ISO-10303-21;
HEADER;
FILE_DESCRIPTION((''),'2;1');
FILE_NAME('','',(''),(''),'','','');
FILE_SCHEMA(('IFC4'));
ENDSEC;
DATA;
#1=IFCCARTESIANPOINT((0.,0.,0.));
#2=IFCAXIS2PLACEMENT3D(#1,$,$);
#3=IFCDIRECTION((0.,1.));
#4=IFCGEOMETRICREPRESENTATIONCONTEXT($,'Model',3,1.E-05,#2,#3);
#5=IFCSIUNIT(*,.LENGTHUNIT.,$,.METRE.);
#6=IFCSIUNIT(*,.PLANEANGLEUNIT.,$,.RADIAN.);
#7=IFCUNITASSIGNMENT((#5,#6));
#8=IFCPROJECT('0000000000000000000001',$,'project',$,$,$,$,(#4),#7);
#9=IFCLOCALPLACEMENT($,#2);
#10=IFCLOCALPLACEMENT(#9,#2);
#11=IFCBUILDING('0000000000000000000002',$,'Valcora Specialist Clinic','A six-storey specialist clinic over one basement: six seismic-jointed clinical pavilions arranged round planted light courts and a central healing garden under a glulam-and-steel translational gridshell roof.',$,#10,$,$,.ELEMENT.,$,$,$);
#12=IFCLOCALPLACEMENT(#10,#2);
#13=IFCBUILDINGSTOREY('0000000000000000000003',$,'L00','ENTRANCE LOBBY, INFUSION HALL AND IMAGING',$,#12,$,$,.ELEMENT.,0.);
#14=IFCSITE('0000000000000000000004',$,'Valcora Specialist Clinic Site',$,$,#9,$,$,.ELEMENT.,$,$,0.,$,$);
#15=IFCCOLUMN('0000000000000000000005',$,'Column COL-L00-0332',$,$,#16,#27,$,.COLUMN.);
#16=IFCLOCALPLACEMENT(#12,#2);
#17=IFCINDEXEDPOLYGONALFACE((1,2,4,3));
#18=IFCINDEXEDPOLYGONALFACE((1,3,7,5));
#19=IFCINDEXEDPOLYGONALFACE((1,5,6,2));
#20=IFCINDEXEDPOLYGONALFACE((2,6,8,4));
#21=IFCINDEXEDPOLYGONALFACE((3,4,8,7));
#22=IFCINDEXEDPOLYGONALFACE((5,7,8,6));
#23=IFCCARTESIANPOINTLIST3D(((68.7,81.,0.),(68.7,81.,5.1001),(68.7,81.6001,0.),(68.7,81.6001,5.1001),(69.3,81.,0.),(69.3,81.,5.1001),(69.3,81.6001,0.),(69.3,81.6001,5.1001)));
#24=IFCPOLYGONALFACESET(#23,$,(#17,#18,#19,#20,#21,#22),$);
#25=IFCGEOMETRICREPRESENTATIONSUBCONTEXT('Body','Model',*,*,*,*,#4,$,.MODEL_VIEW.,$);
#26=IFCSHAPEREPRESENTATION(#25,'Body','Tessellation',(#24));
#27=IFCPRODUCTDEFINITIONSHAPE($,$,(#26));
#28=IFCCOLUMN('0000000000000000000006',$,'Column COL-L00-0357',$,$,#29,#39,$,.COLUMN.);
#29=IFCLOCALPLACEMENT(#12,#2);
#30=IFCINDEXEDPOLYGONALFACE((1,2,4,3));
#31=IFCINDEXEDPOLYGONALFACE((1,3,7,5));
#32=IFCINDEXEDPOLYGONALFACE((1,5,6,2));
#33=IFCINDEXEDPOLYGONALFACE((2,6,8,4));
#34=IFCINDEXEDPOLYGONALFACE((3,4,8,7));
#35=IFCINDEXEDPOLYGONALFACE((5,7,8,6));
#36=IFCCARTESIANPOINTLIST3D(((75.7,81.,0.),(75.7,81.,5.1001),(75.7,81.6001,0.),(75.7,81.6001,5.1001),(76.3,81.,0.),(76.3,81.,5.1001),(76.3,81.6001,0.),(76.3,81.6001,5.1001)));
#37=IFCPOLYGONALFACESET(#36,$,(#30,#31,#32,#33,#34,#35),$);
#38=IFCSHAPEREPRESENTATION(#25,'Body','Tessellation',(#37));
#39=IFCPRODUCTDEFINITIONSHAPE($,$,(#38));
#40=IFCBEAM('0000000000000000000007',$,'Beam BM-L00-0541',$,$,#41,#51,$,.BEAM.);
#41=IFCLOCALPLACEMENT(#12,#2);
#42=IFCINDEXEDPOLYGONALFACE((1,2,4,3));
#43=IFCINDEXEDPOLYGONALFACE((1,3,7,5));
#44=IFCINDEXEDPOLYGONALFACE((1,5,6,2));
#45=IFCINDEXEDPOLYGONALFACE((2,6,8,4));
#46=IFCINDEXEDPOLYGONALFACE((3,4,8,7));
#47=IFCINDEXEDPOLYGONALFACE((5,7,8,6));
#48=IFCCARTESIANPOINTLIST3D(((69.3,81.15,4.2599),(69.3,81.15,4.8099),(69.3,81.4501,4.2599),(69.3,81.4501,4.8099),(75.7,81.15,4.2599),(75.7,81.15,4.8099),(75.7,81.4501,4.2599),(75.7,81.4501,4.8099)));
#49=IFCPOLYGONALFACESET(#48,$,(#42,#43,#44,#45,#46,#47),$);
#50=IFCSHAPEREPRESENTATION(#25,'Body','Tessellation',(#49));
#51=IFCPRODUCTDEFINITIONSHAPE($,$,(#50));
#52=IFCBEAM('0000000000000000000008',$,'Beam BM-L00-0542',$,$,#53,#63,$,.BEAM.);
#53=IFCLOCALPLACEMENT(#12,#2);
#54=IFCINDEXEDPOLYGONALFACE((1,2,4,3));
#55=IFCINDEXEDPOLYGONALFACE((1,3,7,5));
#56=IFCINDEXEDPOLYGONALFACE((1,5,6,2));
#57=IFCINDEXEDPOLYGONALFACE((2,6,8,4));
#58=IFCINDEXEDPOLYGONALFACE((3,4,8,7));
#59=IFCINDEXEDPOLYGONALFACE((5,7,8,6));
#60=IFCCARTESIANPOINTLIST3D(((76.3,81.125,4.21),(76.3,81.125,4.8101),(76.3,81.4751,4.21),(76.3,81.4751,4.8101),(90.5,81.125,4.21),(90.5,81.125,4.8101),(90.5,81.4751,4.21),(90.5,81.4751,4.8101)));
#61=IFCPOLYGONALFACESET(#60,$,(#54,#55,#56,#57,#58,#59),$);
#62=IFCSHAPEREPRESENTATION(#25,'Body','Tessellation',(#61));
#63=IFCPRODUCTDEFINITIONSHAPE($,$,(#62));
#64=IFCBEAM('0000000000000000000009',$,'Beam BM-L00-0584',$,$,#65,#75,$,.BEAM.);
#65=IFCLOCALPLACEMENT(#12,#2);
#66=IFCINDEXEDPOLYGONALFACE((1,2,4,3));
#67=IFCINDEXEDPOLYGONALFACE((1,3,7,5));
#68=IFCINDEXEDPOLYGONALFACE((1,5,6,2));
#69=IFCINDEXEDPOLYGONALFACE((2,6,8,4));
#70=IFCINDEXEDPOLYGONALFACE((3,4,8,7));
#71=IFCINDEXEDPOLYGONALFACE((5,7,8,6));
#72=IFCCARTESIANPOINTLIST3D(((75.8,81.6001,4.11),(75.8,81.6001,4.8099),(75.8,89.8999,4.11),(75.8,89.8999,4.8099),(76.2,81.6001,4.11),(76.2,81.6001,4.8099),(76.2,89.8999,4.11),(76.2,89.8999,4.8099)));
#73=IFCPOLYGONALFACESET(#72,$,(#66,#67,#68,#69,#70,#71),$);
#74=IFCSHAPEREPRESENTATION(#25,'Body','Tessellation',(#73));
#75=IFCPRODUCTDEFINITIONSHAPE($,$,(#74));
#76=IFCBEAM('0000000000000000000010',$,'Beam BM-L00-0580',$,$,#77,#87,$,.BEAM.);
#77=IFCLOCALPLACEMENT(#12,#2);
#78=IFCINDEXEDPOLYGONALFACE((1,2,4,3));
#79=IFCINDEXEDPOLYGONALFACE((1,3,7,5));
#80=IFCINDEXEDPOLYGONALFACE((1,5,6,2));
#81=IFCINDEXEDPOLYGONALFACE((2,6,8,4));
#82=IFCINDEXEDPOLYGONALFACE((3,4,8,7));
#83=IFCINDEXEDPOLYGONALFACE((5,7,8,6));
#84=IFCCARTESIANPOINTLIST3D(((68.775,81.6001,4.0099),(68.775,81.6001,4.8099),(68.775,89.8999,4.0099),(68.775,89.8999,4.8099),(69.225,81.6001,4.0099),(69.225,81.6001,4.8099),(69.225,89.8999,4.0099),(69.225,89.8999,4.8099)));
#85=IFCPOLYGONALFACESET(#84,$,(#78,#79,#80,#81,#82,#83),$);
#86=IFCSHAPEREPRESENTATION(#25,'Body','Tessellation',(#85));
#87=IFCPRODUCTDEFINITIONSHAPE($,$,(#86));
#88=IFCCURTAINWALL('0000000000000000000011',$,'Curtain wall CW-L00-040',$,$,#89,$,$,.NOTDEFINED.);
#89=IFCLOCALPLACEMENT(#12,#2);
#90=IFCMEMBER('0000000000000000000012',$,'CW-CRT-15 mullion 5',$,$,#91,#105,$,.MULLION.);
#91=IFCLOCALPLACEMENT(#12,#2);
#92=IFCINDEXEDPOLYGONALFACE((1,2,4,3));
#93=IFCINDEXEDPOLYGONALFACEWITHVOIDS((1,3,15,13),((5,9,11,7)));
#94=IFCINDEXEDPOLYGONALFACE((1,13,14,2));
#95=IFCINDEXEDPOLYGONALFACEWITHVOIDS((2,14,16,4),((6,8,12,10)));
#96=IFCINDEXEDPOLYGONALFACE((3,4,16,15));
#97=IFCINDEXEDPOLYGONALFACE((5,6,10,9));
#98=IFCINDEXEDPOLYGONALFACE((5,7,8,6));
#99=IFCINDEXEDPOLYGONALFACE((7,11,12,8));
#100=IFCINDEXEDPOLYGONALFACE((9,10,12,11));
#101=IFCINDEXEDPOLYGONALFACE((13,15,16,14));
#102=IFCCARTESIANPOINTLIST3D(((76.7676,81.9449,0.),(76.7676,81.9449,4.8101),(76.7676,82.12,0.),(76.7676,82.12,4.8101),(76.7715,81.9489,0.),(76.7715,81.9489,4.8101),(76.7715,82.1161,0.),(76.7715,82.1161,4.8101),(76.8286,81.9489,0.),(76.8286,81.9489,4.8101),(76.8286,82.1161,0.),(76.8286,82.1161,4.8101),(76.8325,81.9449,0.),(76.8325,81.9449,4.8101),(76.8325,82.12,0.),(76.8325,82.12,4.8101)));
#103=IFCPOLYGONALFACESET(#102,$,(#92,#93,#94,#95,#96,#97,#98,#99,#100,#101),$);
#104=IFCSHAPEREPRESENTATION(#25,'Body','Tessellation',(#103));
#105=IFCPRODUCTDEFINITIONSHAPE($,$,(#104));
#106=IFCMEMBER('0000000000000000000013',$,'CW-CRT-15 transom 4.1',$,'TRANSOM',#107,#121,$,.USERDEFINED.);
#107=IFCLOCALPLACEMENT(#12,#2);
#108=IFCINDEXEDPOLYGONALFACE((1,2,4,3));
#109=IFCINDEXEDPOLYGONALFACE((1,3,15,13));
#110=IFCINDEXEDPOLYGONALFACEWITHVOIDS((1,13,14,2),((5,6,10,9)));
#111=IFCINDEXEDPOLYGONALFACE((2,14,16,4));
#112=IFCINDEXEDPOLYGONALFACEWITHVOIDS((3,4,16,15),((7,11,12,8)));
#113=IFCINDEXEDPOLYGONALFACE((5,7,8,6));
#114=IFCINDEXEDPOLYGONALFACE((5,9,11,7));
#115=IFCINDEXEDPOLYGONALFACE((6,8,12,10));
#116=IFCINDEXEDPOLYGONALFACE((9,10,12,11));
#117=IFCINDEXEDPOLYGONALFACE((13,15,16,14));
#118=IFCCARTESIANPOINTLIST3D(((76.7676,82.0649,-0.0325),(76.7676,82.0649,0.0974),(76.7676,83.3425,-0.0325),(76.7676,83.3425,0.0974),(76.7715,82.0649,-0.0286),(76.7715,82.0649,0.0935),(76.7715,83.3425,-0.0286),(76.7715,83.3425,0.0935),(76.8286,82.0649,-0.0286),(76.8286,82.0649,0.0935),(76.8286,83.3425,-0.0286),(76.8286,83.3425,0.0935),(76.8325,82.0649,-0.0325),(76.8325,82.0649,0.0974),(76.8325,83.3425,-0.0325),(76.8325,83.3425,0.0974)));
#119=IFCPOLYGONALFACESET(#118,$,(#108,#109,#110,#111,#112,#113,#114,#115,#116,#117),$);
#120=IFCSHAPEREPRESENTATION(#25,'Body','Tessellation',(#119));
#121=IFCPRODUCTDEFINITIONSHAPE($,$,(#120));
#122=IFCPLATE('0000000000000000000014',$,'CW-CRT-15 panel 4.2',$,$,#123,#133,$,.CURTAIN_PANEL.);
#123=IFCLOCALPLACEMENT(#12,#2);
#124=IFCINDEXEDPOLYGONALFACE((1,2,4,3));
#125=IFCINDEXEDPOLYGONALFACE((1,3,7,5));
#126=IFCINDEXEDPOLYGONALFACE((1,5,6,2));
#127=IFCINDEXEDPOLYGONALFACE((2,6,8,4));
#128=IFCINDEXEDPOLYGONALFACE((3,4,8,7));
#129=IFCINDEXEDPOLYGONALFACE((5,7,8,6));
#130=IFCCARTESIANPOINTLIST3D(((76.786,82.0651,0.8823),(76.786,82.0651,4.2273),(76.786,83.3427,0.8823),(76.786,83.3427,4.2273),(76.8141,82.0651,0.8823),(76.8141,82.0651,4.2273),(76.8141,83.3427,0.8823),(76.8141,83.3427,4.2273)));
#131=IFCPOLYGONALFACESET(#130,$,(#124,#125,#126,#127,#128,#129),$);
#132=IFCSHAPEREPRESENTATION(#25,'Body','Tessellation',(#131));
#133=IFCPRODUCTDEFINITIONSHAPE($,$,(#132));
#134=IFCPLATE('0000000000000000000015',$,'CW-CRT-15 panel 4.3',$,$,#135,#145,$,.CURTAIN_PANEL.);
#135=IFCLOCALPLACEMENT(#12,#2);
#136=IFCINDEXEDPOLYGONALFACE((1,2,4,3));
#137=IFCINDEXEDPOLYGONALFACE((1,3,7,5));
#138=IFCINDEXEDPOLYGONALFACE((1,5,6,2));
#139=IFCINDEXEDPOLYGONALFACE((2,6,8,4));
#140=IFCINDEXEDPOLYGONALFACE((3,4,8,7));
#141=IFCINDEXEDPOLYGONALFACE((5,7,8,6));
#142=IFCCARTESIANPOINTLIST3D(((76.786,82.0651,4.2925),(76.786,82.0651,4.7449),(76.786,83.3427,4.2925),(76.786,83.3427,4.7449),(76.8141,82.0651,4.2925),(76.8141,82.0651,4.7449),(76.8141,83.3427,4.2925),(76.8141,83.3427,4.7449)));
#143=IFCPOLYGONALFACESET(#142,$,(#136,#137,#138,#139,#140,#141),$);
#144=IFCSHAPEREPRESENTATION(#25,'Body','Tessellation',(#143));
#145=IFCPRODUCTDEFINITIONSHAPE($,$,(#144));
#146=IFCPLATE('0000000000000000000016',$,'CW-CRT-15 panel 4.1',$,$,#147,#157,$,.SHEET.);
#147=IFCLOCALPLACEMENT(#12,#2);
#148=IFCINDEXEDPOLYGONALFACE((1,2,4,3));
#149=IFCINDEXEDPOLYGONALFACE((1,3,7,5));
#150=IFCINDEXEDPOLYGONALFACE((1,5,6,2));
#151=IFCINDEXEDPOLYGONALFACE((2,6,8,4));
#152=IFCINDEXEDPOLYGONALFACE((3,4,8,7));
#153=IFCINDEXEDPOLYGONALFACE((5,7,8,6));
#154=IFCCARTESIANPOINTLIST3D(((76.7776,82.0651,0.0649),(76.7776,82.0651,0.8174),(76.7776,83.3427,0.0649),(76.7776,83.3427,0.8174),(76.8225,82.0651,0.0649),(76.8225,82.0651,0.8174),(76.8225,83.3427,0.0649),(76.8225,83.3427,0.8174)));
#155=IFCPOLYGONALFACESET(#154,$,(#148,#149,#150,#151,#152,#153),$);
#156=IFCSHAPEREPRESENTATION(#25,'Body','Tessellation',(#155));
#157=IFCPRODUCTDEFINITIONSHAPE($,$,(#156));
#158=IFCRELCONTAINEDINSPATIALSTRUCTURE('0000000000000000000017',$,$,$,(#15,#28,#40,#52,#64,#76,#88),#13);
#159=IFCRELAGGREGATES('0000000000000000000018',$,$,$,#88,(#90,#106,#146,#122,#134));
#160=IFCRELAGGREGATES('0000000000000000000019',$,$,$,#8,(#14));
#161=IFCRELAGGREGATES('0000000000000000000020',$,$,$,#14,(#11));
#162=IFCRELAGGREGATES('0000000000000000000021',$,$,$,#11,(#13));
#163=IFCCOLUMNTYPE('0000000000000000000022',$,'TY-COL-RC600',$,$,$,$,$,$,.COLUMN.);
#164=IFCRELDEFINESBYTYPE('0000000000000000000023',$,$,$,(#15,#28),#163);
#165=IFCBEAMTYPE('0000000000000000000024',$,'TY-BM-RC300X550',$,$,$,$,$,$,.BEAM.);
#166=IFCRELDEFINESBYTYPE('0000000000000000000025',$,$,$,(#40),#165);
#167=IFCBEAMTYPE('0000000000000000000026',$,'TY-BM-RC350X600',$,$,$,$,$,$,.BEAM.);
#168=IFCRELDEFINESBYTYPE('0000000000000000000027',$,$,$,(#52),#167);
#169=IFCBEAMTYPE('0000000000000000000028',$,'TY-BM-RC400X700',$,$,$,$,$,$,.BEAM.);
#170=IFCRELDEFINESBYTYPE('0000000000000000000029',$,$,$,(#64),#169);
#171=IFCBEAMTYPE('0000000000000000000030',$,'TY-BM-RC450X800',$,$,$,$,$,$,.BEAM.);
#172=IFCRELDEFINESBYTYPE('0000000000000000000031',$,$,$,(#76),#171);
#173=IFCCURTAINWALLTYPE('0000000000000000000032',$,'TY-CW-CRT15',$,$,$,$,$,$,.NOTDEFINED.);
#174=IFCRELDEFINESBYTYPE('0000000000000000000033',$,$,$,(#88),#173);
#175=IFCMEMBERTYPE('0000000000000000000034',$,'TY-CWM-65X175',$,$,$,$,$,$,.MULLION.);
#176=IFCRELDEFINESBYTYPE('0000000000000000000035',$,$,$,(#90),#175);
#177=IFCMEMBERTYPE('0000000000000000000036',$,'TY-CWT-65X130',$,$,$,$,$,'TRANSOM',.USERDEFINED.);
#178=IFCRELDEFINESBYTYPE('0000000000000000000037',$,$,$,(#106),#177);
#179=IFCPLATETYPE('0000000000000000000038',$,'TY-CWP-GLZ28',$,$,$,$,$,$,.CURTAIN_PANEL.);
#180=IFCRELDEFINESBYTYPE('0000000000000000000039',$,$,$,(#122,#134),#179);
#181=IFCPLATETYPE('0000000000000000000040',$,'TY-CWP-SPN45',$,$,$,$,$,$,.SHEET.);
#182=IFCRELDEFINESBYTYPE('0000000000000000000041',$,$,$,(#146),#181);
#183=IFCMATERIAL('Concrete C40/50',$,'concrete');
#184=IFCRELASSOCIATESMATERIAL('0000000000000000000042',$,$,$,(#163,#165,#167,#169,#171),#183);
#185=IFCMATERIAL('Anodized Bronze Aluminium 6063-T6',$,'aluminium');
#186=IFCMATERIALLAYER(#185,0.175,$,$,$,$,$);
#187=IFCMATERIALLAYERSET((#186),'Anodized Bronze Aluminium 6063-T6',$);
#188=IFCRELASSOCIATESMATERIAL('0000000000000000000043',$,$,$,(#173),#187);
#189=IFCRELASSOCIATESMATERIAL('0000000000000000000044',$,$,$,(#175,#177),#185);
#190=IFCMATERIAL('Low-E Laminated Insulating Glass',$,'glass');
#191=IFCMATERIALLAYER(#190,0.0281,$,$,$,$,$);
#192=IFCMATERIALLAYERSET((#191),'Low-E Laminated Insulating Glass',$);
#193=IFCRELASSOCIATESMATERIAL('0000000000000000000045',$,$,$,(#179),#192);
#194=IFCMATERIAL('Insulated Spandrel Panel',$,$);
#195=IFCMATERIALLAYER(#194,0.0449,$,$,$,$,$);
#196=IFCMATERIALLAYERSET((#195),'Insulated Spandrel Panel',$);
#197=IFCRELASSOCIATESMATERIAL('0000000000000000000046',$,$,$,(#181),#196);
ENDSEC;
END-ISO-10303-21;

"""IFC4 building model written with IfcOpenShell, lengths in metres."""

from ifc_helpers import new_model, si_unit, direction, frame, origin, origin_2d, place, context, subcontext, project, spatial, rectangle, hollow_rectangle, extrude, material, layer, layer_set, material_profile, profile_set, type_object, element, aggregate, save


model = new_model("IFC4")

# Units and contexts
model_context = context("Model", 3, precision=1e-05, world=origin(), true_north=direction((0.0, 1.0)))
body_context = subcontext(model_context, "Body", "Model", "MODEL_VIEW")
ifc_project = project(units=[si_unit("LENGTHUNIT", "METRE"), si_unit("PLANEANGLEUNIT", "RADIAN")], contexts=[model_context])

# Site, building, storey
site_placement = place(None, origin())
site = spatial("IfcSite", under=ifc_project, at=site_placement, Name="Valcora Specialist Clinic Site", CompositionType="ELEMENT", RefElevation=0.0)
building_placement = place(site_placement, origin())
building = spatial("IfcBuilding", under=site, at=building_placement, Name="Valcora Specialist Clinic", Description="A six-storey specialist clinic over one basement: six seismic-jointed clinical pavilions arranged round planted light courts and a central healing garden under a glulam-and-steel translational gridshell roof.", CompositionType="ELEMENT")
storey_placement = place(building_placement, origin())
storey = spatial("IfcBuildingStorey", under=building, at=storey_placement, Name="L00", Description="ENTRANCE LOBBY, INFUSION HALL AND IMAGING", CompositionType="ELEMENT", Elevation=0.0)

# Columns
ifc_material_1 = material(Name="Concrete C40/50", Category="concrete")
ifc_material_profile_1 = material_profile(ifc_material_1, rectangle(XDim=0.6001, YDim=0.6001, at=origin_2d()), Name="RC-COL-600X600")
ifc_profile_set_1 = profile_set([ifc_material_profile_1], Name="Concrete C40/50")
column_type = type_object("IfcColumnType", Name="TY-COL-RC600", PredefinedType="COLUMN", material=ifc_profile_set_1)
for number, where, z_axis, x_axis, name in (
    (1, (69.0, 81.3, 0.0), (0.0, 0.0, 1.0), (1.0, 0.0, 0.0), "Column COL-L00-0332"),
    (2, (76.0, 81.3, 0.0), (0.0, 0.0, 1.0), (1.0, 0.0, 0.0), "Column COL-L00-0357"),
):
    element("IfcColumn", number, at=place(storey_placement, frame(where, z_axis=z_axis, x_axis=x_axis)), inside=storey, type_object=column_type, Name=name, PredefinedType="COLUMN", context=body_context, shape_type="SweptSolid", body=[
        extrude(rectangle(XDim=0.6001, YDim=0.6001, at=origin_2d()), origin(), (0.0, 0.0, 1.0), 5.1001),
    ])

# Beams
ifc_material_profile_2 = material_profile(ifc_material_1, rectangle(XDim=0.3, YDim=0.55, at=origin_2d()), Name="RC-BM-300X550")
ifc_profile_set_2 = profile_set([ifc_material_profile_2], Name="Concrete C40/50")
beam_type_1 = type_object("IfcBeamType", Name="TY-BM-RC300X550", PredefinedType="BEAM", material=ifc_profile_set_2)
beam_1_placement = place(storey_placement, frame((69.3, 81.3, 4.5349), z_axis=(1.0, 0.0, 0.0), x_axis=(0.0, 1.0, 0.0)))
element("IfcBeam", 3, at=beam_1_placement, inside=storey, type_object=beam_type_1, Name="Beam BM-L00-0541", PredefinedType="BEAM", context=body_context, shape_type="SweptSolid", body=[
    extrude(rectangle(XDim=0.3, YDim=0.55, at=origin_2d()), origin(), (0.0, 0.0, 1.0), 6.3999),
])
ifc_material_profile_3 = material_profile(ifc_material_1, rectangle(XDim=0.3501, YDim=0.6001, at=origin_2d()), Name="RC-BM-350X600")
ifc_profile_set_3 = profile_set([ifc_material_profile_3], Name="Concrete C40/50")
beam_type_2 = type_object("IfcBeamType", Name="TY-BM-RC350X600", PredefinedType="BEAM", material=ifc_profile_set_3)
beam_2_placement = place(storey_placement, frame((76.3, 81.3, 4.51), z_axis=(1.0, 0.0, 0.0), x_axis=(0.0, 1.0, 0.0)))
element("IfcBeam", 4, at=beam_2_placement, inside=storey, type_object=beam_type_2, Name="Beam BM-L00-0542", PredefinedType="BEAM", context=body_context, shape_type="SweptSolid", body=[
    extrude(rectangle(XDim=0.3501, YDim=0.6001, at=origin_2d()), origin(), (0.0, 0.0, 1.0), 14.2),
])
ifc_material_profile_4 = material_profile(ifc_material_1, rectangle(XDim=0.3999, YDim=0.7, at=origin_2d()), Name="RC-BM-400X700")
ifc_profile_set_4 = profile_set([ifc_material_profile_4], Name="Concrete C40/50")
beam_type_3 = type_object("IfcBeamType", Name="TY-BM-RC400X700", PredefinedType="BEAM", material=ifc_profile_set_4)
beam_3_placement = place(storey_placement, frame((76.0, 81.6001, 4.46), z_axis=(0.0, 1.0, 0.0), x_axis=(-1.0, 0.0, 0.0)))
element("IfcBeam", 5, at=beam_3_placement, inside=storey, type_object=beam_type_3, Name="Beam BM-L00-0584", PredefinedType="BEAM", context=body_context, shape_type="SweptSolid", body=[
    extrude(rectangle(XDim=0.3999, YDim=0.7, at=origin_2d()), origin(), (0.0, 0.0, 1.0), 8.2998),
])
ifc_material_profile_5 = material_profile(ifc_material_1, rectangle(XDim=0.45, YDim=0.8, at=origin_2d()), Name="RC-BM-450X800")
ifc_profile_set_5 = profile_set([ifc_material_profile_5], Name="Concrete C40/50")
beam_type_4 = type_object("IfcBeamType", Name="TY-BM-RC450X800", PredefinedType="BEAM", material=ifc_profile_set_5)
beam_4_placement = place(storey_placement, frame((69.0, 81.6001, 4.4099), z_axis=(0.0, 1.0, 0.0), x_axis=(-1.0, 0.0, 0.0)))
element("IfcBeam", 6, at=beam_4_placement, inside=storey, type_object=beam_type_4, Name="Beam BM-L00-0580", PredefinedType="BEAM", context=body_context, shape_type="SweptSolid", body=[
    extrude(rectangle(XDim=0.45, YDim=0.8, at=origin_2d()), origin(), (0.0, 0.0, 1.0), 8.2998),
])

# Curtain wall, members, plates
ifc_material_2 = material(Name="Anodized Bronze Aluminium 6063-T6", Category="aluminium")
ifc_layer_1 = layer(ifc_material_2, 0.175)
ifc_layer_set_1 = layer_set([ifc_layer_1], Name="Anodized Bronze Aluminium 6063-T6")
curtain_wall_type = type_object("IfcCurtainWallType", Name="TY-CW-CRT15", PredefinedType="NOTDEFINED", material=ifc_layer_set_1)
curtain_wall_placement = place(storey_placement, origin())
curtain_wall = element("IfcCurtainWall", 7, at=curtain_wall_placement, inside=storey, type_object=curtain_wall_type, Name="Curtain wall CW-L00-040", PredefinedType="NOTDEFINED")
ifc_material_profile_6 = material_profile(ifc_material_2, hollow_rectangle(XDim=0.0649, YDim=0.175, WallThickness=0.0039, at=origin_2d()), Name="AL-MUL-65X175")
ifc_profile_set_6 = profile_set([ifc_material_profile_6], Name="Anodized Bronze Aluminium 6063-T6")
member_type_1 = type_object("IfcMemberType", Name="TY-CWM-65X175", PredefinedType="MULLION", material=ifc_profile_set_6)
member_1_placement = place(storey_placement, frame((76.8, 82.0325, 0.0), z_axis=(0.0, 0.0, 1.0), x_axis=(1.0, 0.0, 0.0)))
member_1 = element("IfcMember", 8, at=member_1_placement, type_object=member_type_1, Name="CW-CRT-15 mullion 5", PredefinedType="MULLION", context=body_context, shape_type="SweptSolid", body=[
    extrude(hollow_rectangle(XDim=0.0649, YDim=0.175, WallThickness=0.0039, at=origin_2d()), origin(), (0.0, 0.0, 1.0), 4.8101),
])
ifc_material_profile_7 = material_profile(ifc_material_2, hollow_rectangle(XDim=0.0649, YDim=0.1299, WallThickness=0.0039, at=origin_2d()), Name="AL-TRN-65X130")
ifc_profile_set_7 = profile_set([ifc_material_profile_7], Name="Anodized Bronze Aluminium 6063-T6")
member_type_2 = type_object("IfcMemberType", Name="TY-CWT-65X130", ElementType="TRANSOM", PredefinedType="USERDEFINED", material=ifc_profile_set_7)
member_2_placement = place(storey_placement, frame((76.8, 83.3425, 0.0325), z_axis=(0.0, -1.0, 0.0), x_axis=(1.0, 0.0, 0.0)))
member_2 = element("IfcMember", 9, at=member_2_placement, type_object=member_type_2, Name="CW-CRT-15 transom 4.1", ObjectType="TRANSOM", PredefinedType="USERDEFINED", context=body_context, shape_type="SweptSolid", body=[
    extrude(hollow_rectangle(XDim=0.0649, YDim=0.1299, WallThickness=0.0039, at=origin_2d()), origin(), (0.0, 0.0, 1.0), 1.2776),
])
ifc_material_3 = material(Name="Low-E Laminated Insulating Glass", Category="glass")
ifc_layer_2 = layer(ifc_material_3, 0.0281)
ifc_layer_set_2 = layer_set([ifc_layer_2], Name="Low-E Laminated Insulating Glass")
plate_type_1 = type_object("IfcPlateType", Name="TY-CWP-GLZ28", PredefinedType="CURTAIN_PANEL", material=ifc_layer_set_2)
plate_1_placement = place(storey_placement, frame((76.8, 82.7039, 0.8823), z_axis=(0.0, 0.0, 1.0), x_axis=(0.0, -1.0, 0.0)))
plate_1 = element("IfcPlate", 10, at=plate_1_placement, type_object=plate_type_1, Name="CW-CRT-15 panel 4.2", PredefinedType="CURTAIN_PANEL", context=body_context, shape_type="SweptSolid", body=[
    extrude(rectangle(XDim=1.2776, YDim=0.0281, at=origin_2d()), origin(), (0.0, 0.0, 1.0), 3.345),
])
plate_2_placement = place(storey_placement, frame((76.8, 82.7039, 4.2925), z_axis=(0.0, 0.0, 1.0), x_axis=(0.0, -1.0, 0.0)))
plate_2 = element("IfcPlate", 11, at=plate_2_placement, type_object=plate_type_1, Name="CW-CRT-15 panel 4.3", PredefinedType="CURTAIN_PANEL", context=body_context, shape_type="SweptSolid", body=[
    extrude(rectangle(XDim=1.2776, YDim=0.0281, at=origin_2d()), origin(), (0.0, 0.0, 1.0), 0.4524),
])
ifc_material_4 = material(Name="Insulated Spandrel Panel")
ifc_layer_3 = layer(ifc_material_4, 0.0449)
ifc_layer_set_3 = layer_set([ifc_layer_3], Name="Insulated Spandrel Panel")
plate_type_2 = type_object("IfcPlateType", Name="TY-CWP-SPN45", PredefinedType="SHEET", material=ifc_layer_set_3)
plate_3_placement = place(storey_placement, frame((76.8, 82.7039, 0.0649), z_axis=(0.0, 0.0, 1.0), x_axis=(0.0, -1.0, 0.0)))
plate_3 = element("IfcPlate", 12, at=plate_3_placement, type_object=plate_type_2, Name="CW-CRT-15 panel 4.1", PredefinedType="SHEET", context=body_context, shape_type="SweptSolid", body=[
    extrude(rectangle(XDim=1.2776, YDim=0.0449, at=origin_2d()), origin(), (0.0, 0.0, 1.0), 0.7524),
])
aggregate(curtain_wall, [member_1, member_2, plate_3, plate_1, plate_2])

save(model, "model.ifc")
